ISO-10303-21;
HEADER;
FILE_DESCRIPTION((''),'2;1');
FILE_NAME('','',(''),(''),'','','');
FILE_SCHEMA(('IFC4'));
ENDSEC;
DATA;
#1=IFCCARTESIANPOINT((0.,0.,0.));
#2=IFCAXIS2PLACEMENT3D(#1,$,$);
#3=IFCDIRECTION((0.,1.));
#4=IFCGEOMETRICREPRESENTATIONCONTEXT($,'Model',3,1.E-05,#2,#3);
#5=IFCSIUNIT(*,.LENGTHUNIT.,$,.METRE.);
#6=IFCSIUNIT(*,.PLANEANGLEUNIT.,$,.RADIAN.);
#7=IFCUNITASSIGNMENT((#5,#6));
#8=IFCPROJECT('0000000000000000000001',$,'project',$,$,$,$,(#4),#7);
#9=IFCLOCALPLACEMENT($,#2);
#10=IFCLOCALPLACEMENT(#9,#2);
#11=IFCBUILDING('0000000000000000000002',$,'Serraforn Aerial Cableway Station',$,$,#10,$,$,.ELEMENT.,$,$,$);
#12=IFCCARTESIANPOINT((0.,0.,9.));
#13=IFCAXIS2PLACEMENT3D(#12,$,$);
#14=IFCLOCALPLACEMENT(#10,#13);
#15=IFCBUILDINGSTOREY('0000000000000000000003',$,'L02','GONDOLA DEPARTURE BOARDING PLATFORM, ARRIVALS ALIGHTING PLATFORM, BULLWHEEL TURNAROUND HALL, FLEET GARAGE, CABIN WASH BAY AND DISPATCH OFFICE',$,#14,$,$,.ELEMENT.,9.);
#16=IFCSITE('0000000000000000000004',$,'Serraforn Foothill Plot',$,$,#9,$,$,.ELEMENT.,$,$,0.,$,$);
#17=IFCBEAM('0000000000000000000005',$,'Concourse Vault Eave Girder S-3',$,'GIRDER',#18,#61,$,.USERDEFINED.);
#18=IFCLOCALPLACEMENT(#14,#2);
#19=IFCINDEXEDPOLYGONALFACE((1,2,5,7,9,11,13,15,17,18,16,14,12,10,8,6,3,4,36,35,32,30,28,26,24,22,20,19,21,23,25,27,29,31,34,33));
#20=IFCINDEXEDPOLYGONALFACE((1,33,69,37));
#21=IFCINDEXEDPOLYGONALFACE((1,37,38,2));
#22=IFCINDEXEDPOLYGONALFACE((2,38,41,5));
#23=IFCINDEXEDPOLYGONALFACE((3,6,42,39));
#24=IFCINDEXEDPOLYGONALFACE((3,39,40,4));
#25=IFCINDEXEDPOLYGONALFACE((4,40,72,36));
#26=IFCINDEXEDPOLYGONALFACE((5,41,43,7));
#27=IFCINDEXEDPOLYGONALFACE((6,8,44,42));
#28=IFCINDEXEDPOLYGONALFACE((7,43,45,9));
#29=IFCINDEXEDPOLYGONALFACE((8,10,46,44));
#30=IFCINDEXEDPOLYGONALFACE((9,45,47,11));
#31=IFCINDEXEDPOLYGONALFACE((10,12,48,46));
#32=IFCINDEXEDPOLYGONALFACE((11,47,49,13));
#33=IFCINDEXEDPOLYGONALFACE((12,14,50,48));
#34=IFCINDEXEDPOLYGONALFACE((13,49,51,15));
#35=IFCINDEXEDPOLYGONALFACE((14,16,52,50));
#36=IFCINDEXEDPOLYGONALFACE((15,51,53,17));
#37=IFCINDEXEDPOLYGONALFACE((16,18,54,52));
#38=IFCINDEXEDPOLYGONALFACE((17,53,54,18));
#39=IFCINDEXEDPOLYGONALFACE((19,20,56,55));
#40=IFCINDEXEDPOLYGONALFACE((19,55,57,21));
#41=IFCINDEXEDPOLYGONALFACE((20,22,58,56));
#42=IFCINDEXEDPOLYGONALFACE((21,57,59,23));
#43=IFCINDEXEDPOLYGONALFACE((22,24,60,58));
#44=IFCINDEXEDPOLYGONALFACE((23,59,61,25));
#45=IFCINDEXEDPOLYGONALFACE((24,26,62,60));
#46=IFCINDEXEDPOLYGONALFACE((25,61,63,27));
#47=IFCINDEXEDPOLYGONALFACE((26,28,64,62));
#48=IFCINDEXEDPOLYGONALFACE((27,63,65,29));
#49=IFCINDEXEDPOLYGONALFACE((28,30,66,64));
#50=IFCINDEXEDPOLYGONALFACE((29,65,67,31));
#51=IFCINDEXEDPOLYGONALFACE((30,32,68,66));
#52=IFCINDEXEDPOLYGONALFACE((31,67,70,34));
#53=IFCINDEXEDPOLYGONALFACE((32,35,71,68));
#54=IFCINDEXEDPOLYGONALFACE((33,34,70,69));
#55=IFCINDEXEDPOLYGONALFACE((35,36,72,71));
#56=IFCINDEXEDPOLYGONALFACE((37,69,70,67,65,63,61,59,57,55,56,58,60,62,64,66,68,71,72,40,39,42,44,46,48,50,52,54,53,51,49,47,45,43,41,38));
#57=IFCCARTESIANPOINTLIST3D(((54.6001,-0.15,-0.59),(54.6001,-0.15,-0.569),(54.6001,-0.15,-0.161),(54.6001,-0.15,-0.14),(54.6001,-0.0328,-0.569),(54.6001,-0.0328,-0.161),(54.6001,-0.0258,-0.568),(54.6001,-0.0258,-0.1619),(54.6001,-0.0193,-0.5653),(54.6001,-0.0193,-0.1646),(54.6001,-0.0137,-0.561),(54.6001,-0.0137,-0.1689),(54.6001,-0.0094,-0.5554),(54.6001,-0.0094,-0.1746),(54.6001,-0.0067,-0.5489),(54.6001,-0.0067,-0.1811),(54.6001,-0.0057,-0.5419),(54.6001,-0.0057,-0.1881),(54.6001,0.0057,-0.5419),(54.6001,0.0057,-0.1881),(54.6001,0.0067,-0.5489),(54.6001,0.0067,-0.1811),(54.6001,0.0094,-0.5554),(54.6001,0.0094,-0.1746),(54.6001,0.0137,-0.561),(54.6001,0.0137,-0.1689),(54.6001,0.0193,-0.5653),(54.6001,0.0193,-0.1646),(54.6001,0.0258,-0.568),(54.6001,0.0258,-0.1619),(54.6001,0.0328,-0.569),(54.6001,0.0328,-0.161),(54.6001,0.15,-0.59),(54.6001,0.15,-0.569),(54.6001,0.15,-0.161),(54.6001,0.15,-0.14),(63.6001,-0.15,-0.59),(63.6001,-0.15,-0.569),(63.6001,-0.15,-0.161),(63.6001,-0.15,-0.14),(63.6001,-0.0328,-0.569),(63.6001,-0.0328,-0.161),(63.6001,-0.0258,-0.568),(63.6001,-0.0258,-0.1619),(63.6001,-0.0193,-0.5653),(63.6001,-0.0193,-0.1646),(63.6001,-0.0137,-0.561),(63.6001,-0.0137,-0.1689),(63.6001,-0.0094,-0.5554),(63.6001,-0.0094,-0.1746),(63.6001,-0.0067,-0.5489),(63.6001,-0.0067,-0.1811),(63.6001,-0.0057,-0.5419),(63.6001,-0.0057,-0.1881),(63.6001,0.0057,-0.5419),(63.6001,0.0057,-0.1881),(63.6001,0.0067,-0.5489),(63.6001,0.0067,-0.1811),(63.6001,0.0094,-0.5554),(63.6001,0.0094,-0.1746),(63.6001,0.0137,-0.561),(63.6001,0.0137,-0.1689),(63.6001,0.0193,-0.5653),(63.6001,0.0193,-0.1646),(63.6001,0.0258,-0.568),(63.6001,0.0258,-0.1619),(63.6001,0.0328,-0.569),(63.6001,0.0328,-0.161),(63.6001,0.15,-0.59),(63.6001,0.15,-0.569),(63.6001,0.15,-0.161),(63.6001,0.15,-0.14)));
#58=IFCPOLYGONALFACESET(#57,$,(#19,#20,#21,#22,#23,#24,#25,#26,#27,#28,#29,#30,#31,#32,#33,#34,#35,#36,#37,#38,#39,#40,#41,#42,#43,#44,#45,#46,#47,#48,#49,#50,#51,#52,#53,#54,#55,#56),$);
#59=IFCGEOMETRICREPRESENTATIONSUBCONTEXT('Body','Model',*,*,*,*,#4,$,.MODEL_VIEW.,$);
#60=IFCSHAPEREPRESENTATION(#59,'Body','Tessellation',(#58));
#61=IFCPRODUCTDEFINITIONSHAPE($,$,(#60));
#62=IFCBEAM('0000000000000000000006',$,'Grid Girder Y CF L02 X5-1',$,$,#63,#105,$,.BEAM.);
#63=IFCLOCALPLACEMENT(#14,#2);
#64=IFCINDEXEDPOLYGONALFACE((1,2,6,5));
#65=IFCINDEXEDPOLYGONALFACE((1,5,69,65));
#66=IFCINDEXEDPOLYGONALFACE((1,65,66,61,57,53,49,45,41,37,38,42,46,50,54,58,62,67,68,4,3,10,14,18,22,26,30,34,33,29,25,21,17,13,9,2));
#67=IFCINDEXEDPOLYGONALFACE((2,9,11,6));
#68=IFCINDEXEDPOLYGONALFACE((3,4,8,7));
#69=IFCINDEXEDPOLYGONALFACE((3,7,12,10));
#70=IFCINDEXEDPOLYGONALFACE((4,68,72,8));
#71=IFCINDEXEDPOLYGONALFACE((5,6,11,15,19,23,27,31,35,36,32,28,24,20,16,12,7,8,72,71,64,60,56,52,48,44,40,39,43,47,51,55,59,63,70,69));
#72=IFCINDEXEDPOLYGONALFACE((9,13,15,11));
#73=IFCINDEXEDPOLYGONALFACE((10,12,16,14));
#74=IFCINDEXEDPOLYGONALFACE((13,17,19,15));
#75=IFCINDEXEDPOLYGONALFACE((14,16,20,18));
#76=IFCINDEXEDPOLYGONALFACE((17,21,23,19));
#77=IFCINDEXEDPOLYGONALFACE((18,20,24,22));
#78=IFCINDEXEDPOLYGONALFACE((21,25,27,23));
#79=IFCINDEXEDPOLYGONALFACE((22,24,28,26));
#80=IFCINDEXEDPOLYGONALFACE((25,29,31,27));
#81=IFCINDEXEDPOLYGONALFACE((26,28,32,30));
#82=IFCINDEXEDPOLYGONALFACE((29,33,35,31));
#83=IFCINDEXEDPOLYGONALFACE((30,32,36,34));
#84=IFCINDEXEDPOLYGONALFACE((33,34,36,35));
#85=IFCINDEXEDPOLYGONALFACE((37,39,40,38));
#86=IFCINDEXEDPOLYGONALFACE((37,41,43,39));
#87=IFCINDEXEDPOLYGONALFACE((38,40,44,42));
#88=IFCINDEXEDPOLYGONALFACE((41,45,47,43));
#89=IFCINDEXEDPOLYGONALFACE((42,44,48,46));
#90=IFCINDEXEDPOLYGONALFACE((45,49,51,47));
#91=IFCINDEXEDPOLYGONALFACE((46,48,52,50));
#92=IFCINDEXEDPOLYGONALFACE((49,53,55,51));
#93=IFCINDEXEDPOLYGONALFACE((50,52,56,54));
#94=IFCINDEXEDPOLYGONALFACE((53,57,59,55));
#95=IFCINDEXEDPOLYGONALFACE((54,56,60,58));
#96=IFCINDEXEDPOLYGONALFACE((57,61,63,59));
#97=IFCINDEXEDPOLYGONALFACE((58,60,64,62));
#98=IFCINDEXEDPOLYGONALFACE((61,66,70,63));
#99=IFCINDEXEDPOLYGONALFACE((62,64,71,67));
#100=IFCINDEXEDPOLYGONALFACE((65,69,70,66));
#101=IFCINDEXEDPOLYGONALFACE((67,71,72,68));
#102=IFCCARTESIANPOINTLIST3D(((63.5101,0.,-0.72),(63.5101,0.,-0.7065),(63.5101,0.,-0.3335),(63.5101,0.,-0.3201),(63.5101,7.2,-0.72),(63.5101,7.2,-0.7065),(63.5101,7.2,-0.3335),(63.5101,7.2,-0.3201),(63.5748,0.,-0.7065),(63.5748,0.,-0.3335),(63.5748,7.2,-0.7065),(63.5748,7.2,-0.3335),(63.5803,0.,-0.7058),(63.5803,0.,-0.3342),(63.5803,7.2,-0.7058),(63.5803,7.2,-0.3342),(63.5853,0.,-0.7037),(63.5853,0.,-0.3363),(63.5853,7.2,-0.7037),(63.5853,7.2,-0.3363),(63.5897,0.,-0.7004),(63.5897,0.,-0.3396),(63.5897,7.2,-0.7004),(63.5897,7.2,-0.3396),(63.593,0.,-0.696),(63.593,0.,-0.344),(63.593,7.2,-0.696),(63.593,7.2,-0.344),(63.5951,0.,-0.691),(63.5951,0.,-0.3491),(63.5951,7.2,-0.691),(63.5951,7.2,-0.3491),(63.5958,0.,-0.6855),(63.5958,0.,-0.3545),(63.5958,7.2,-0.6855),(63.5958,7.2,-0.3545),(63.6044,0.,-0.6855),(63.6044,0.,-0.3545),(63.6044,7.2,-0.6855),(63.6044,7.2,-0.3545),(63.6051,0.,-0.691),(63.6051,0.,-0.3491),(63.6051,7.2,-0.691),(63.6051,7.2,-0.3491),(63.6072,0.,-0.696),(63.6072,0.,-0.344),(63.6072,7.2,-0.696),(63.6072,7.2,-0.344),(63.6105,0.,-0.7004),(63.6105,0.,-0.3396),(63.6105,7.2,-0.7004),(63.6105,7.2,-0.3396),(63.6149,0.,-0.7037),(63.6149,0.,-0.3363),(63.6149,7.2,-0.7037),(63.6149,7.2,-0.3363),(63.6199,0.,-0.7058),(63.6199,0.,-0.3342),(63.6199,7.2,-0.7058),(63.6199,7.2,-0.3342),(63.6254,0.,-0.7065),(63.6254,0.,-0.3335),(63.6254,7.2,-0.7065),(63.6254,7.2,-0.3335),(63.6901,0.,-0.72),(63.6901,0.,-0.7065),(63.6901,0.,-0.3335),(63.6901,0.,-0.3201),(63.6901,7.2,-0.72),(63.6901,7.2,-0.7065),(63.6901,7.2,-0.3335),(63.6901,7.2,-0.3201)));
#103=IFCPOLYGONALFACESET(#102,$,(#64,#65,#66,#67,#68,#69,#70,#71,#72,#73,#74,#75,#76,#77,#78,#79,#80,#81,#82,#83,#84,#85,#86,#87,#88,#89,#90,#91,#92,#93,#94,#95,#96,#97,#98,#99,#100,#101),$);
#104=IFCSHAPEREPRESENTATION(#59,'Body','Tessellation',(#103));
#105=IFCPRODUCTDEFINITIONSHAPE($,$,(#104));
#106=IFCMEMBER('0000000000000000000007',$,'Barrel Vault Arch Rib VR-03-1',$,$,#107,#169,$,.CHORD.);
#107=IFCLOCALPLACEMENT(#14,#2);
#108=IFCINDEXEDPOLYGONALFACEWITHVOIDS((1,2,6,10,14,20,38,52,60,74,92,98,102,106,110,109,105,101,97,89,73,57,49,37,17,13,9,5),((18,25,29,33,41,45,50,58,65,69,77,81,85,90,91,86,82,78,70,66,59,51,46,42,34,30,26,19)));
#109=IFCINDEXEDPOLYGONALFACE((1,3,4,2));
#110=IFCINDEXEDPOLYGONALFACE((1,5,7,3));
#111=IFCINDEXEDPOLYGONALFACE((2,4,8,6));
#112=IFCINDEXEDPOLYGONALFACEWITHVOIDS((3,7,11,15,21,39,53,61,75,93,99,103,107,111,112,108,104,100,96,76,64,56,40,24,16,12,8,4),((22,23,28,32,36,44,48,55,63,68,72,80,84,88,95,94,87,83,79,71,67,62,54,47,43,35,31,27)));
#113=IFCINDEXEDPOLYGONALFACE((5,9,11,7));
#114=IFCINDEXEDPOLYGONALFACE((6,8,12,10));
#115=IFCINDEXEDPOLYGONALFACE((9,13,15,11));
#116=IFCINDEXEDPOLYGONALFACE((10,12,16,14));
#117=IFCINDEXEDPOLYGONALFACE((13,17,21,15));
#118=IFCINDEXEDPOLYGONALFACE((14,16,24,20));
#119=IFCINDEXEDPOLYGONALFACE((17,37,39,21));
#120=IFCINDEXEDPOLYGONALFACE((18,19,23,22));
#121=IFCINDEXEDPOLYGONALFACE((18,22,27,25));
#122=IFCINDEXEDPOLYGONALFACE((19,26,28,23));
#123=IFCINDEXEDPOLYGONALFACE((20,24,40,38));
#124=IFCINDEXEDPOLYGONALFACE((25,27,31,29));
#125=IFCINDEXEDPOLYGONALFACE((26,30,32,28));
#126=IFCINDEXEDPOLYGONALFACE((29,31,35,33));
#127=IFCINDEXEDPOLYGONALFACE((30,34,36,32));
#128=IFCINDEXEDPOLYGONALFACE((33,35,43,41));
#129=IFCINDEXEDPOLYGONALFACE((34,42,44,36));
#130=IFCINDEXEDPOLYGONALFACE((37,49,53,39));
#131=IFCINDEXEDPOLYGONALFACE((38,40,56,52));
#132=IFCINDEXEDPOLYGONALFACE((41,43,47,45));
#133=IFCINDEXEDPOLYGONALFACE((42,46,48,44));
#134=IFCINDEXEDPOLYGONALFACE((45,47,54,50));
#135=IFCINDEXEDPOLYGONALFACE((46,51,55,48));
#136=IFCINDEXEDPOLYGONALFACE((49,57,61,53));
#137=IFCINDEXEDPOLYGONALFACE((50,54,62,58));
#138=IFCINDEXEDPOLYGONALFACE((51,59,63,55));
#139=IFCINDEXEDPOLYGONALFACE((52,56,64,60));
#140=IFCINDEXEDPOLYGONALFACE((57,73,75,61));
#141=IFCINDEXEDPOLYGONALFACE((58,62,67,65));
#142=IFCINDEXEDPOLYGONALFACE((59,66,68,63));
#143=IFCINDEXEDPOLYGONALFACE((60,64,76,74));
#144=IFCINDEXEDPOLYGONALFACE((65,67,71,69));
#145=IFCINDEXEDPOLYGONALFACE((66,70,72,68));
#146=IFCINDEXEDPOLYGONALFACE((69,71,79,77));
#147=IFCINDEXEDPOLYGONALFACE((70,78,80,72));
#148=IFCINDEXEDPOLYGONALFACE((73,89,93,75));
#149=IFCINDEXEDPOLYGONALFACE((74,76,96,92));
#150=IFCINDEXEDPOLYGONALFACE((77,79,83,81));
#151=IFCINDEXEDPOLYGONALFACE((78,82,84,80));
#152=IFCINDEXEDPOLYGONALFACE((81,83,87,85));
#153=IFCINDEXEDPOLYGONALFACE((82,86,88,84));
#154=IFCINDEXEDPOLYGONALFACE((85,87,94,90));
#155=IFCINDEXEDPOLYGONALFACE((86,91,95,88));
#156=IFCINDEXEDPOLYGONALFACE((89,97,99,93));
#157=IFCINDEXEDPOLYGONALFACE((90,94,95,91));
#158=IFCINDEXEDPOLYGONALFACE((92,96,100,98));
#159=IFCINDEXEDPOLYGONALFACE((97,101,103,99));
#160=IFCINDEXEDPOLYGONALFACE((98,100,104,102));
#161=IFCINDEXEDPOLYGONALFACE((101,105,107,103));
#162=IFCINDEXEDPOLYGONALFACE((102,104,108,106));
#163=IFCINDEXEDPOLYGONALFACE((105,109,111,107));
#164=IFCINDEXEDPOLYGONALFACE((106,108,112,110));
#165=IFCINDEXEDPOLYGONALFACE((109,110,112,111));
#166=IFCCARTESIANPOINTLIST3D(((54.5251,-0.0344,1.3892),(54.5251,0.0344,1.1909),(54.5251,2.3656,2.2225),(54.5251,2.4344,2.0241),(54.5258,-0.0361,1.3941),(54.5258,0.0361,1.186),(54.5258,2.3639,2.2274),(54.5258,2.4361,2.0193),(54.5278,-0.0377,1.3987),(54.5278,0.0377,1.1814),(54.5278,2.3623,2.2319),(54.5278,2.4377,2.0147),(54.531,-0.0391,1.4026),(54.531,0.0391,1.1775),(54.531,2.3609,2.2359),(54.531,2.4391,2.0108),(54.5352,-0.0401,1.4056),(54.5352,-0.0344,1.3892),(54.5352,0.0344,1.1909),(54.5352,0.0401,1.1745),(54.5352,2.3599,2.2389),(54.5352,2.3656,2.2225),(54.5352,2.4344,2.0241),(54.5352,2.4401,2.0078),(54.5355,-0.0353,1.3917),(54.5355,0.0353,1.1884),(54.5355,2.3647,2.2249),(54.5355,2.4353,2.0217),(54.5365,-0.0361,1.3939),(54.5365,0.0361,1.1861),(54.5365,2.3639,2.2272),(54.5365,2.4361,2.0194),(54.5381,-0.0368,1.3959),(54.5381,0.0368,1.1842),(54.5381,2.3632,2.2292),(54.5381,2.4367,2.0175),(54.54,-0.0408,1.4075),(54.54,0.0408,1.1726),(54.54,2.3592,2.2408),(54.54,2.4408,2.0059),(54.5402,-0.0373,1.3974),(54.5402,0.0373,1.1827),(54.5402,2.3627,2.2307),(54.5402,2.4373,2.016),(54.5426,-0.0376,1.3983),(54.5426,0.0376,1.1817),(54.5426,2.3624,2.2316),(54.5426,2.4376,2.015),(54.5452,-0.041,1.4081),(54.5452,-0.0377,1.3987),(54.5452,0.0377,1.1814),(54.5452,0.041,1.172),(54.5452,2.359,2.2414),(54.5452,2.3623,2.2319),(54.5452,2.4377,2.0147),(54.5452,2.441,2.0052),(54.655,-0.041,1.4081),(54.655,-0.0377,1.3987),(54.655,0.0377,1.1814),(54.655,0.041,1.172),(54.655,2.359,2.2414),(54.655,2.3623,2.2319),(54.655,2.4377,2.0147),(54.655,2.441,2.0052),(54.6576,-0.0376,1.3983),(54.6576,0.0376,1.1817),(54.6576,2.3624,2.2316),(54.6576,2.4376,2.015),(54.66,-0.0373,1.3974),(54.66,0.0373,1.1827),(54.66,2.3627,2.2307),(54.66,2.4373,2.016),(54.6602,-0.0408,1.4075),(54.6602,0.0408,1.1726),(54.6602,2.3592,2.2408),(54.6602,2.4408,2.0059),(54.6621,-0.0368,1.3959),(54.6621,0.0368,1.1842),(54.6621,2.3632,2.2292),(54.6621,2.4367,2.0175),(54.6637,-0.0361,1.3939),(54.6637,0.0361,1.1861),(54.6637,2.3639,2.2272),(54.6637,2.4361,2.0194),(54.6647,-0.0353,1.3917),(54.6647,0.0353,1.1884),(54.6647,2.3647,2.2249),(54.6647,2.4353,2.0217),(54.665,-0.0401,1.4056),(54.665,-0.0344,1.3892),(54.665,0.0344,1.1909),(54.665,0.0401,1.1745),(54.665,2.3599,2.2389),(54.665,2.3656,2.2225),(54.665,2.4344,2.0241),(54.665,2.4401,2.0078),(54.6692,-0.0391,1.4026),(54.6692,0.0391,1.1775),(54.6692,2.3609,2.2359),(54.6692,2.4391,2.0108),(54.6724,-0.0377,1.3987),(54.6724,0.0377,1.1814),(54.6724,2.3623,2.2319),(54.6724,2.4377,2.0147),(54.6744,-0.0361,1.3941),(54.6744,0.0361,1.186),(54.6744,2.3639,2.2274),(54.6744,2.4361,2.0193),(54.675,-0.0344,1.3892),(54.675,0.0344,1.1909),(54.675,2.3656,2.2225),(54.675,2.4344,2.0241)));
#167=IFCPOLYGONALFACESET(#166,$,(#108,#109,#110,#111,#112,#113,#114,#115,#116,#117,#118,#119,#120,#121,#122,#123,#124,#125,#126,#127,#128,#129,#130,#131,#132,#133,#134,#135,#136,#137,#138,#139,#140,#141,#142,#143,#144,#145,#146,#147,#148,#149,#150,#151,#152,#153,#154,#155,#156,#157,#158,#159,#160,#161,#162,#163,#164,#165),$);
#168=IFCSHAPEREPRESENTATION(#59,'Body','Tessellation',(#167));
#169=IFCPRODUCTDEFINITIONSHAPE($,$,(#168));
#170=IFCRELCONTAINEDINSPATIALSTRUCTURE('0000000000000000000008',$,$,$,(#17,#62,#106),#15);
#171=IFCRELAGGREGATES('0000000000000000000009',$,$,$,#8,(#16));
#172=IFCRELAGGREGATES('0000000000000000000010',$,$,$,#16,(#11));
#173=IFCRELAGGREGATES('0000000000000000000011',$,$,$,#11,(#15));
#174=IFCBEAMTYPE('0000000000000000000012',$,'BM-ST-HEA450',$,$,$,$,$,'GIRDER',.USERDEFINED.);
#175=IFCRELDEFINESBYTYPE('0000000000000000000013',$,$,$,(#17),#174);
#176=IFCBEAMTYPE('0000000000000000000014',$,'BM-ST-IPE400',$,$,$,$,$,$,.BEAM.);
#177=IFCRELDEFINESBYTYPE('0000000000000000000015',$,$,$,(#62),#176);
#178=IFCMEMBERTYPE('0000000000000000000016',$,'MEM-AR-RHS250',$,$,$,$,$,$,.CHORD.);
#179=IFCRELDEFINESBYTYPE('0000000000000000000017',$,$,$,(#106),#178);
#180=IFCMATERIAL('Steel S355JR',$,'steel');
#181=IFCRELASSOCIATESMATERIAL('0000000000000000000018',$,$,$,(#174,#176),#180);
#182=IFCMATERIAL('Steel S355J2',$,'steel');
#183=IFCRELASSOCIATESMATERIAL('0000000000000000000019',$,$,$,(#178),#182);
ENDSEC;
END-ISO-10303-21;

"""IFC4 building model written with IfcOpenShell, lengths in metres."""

from ifc_helpers import new_model, si_unit, direction, frame, origin, origin_2d, place, context, subcontext, project, spatial, hollow_rectangle, i_section, extrude, material, material_profile, profile_set, type_object, element, save


model = new_model("IFC4")

# Units and contexts
model_context = context("Model", 3, precision=1e-05, world=origin(), true_north=direction((0.0, 1.0)))
body_context = subcontext(model_context, "Body", "Model", "MODEL_VIEW")
ifc_project = project(units=[si_unit("LENGTHUNIT", "METRE"), si_unit("PLANEANGLEUNIT", "RADIAN")], contexts=[model_context])

# Site, building, storey
site_placement = place(None, origin())
site = spatial("IfcSite", under=ifc_project, at=site_placement, Name="Serraforn Foothill Plot", CompositionType="ELEMENT", RefElevation=0.0)
building_placement = place(site_placement, origin())
building = spatial("IfcBuilding", under=site, at=building_placement, Name="Serraforn Aerial Cableway Station", CompositionType="ELEMENT")
storey_placement = place(building_placement, frame((0.0, 0.0, 9.0)))
storey = spatial("IfcBuildingStorey", under=building, at=storey_placement, Name="L02", Description="GONDOLA DEPARTURE BOARDING PLATFORM, ARRIVALS ALIGHTING PLATFORM, BULLWHEEL TURNAROUND HALL, FLEET GARAGE, CABIN WASH BAY AND DISPATCH OFFICE", CompositionType="ELEMENT", Elevation=9.0)

# Beams
ifc_material_1 = material(Name="Steel S355JR", Category="steel")
ifc_material_profile_1 = material_profile(ifc_material_1, i_section(OverallWidth=0.3, OverallDepth=0.45, WebThickness=0.0115, FlangeThickness=0.021, FilletRadius=0.0271, at=origin_2d()), Name="HEA 450")
ifc_profile_set_1 = profile_set([ifc_material_profile_1], Name="Steel S355JR")
beam_type_1 = type_object("IfcBeamType", Name="BM-ST-HEA450", ElementType="GIRDER", PredefinedType="USERDEFINED", material=ifc_profile_set_1)
beam_1_placement = place(storey_placement, frame((54.6001, 0.0, -0.365), z_axis=(1.0, 0.0, 0.0), x_axis=(0.0, 1.0, 0.0)))
element("IfcBeam", 1, at=beam_1_placement, inside=storey, type_object=beam_type_1, Name="Concourse Vault Eave Girder S-3", ObjectType="GIRDER", PredefinedType="USERDEFINED", context=body_context, shape_type="SweptSolid", body=[
    extrude(i_section(OverallWidth=0.3, OverallDepth=0.45, WebThickness=0.0115, FlangeThickness=0.021, FilletRadius=0.0271, at=origin_2d()), origin(), (0.0, 0.0, 1.0), 9.0),
])
ifc_material_profile_2 = material_profile(ifc_material_1, i_section(OverallWidth=0.1799, OverallDepth=0.3999, WebThickness=0.0085, FlangeThickness=0.0134, FilletRadius=0.021, at=origin_2d()), Name="IPE 400")
ifc_profile_set_2 = profile_set([ifc_material_profile_2], Name="Steel S355JR")
beam_type_2 = type_object("IfcBeamType", Name="BM-ST-IPE400", PredefinedType="BEAM", material=ifc_profile_set_2)
beam_2_placement = place(storey_placement, frame((63.6001, 0.0, -0.52), z_axis=(0.0, 1.0, 0.0), x_axis=(-1.0, 0.0, 0.0)))
element("IfcBeam", 2, at=beam_2_placement, inside=storey, type_object=beam_type_2, Name="Grid Girder Y CF L02 X5-1", PredefinedType="BEAM", context=body_context, shape_type="SweptSolid", body=[
    extrude(i_section(OverallWidth=0.1799, OverallDepth=0.3999, WebThickness=0.0085, FlangeThickness=0.0134, FilletRadius=0.021, at=origin_2d()), origin(), (0.0, 0.0, 1.0), 7.2),
])

# Member
ifc_material_2 = material(Name="Steel S355J2", Category="steel")
ifc_material_profile_3 = material_profile(ifc_material_2, hollow_rectangle(XDim=0.1499, YDim=0.25, WallThickness=0.01, InnerFilletRadius=0.01, OuterFilletRadius=0.02, at=origin_2d()), Name="RHS 250x150x10.0")
ifc_profile_set_3 = profile_set([ifc_material_profile_3], Name="Steel S355J2")
member_type_1 = type_object("IfcMemberType", Name="MEM-AR-RHS250", PredefinedType="CHORD", material=ifc_profile_set_3)
member_1_placement = place(storey_placement, frame((54.6001, 0.0, 1.29), z_axis=(0.0, 0.944679, 0.327995), x_axis=(-1.0, 0.0, 0.0)))
element("IfcMember", 3, at=member_1_placement, inside=storey, type_object=member_type_1, Name="Barrel Vault Arch Rib VR-03-1", PredefinedType="CHORD", context=body_context, shape_type="SweptSolid", body=[
    extrude(hollow_rectangle(XDim=0.1499, YDim=0.25, WallThickness=0.01, InnerFilletRadius=0.01, OuterFilletRadius=0.02, at=origin_2d()), origin(), (0.0, 0.0, 1.0), 2.5405),
])

save(model, "model.ifc")
